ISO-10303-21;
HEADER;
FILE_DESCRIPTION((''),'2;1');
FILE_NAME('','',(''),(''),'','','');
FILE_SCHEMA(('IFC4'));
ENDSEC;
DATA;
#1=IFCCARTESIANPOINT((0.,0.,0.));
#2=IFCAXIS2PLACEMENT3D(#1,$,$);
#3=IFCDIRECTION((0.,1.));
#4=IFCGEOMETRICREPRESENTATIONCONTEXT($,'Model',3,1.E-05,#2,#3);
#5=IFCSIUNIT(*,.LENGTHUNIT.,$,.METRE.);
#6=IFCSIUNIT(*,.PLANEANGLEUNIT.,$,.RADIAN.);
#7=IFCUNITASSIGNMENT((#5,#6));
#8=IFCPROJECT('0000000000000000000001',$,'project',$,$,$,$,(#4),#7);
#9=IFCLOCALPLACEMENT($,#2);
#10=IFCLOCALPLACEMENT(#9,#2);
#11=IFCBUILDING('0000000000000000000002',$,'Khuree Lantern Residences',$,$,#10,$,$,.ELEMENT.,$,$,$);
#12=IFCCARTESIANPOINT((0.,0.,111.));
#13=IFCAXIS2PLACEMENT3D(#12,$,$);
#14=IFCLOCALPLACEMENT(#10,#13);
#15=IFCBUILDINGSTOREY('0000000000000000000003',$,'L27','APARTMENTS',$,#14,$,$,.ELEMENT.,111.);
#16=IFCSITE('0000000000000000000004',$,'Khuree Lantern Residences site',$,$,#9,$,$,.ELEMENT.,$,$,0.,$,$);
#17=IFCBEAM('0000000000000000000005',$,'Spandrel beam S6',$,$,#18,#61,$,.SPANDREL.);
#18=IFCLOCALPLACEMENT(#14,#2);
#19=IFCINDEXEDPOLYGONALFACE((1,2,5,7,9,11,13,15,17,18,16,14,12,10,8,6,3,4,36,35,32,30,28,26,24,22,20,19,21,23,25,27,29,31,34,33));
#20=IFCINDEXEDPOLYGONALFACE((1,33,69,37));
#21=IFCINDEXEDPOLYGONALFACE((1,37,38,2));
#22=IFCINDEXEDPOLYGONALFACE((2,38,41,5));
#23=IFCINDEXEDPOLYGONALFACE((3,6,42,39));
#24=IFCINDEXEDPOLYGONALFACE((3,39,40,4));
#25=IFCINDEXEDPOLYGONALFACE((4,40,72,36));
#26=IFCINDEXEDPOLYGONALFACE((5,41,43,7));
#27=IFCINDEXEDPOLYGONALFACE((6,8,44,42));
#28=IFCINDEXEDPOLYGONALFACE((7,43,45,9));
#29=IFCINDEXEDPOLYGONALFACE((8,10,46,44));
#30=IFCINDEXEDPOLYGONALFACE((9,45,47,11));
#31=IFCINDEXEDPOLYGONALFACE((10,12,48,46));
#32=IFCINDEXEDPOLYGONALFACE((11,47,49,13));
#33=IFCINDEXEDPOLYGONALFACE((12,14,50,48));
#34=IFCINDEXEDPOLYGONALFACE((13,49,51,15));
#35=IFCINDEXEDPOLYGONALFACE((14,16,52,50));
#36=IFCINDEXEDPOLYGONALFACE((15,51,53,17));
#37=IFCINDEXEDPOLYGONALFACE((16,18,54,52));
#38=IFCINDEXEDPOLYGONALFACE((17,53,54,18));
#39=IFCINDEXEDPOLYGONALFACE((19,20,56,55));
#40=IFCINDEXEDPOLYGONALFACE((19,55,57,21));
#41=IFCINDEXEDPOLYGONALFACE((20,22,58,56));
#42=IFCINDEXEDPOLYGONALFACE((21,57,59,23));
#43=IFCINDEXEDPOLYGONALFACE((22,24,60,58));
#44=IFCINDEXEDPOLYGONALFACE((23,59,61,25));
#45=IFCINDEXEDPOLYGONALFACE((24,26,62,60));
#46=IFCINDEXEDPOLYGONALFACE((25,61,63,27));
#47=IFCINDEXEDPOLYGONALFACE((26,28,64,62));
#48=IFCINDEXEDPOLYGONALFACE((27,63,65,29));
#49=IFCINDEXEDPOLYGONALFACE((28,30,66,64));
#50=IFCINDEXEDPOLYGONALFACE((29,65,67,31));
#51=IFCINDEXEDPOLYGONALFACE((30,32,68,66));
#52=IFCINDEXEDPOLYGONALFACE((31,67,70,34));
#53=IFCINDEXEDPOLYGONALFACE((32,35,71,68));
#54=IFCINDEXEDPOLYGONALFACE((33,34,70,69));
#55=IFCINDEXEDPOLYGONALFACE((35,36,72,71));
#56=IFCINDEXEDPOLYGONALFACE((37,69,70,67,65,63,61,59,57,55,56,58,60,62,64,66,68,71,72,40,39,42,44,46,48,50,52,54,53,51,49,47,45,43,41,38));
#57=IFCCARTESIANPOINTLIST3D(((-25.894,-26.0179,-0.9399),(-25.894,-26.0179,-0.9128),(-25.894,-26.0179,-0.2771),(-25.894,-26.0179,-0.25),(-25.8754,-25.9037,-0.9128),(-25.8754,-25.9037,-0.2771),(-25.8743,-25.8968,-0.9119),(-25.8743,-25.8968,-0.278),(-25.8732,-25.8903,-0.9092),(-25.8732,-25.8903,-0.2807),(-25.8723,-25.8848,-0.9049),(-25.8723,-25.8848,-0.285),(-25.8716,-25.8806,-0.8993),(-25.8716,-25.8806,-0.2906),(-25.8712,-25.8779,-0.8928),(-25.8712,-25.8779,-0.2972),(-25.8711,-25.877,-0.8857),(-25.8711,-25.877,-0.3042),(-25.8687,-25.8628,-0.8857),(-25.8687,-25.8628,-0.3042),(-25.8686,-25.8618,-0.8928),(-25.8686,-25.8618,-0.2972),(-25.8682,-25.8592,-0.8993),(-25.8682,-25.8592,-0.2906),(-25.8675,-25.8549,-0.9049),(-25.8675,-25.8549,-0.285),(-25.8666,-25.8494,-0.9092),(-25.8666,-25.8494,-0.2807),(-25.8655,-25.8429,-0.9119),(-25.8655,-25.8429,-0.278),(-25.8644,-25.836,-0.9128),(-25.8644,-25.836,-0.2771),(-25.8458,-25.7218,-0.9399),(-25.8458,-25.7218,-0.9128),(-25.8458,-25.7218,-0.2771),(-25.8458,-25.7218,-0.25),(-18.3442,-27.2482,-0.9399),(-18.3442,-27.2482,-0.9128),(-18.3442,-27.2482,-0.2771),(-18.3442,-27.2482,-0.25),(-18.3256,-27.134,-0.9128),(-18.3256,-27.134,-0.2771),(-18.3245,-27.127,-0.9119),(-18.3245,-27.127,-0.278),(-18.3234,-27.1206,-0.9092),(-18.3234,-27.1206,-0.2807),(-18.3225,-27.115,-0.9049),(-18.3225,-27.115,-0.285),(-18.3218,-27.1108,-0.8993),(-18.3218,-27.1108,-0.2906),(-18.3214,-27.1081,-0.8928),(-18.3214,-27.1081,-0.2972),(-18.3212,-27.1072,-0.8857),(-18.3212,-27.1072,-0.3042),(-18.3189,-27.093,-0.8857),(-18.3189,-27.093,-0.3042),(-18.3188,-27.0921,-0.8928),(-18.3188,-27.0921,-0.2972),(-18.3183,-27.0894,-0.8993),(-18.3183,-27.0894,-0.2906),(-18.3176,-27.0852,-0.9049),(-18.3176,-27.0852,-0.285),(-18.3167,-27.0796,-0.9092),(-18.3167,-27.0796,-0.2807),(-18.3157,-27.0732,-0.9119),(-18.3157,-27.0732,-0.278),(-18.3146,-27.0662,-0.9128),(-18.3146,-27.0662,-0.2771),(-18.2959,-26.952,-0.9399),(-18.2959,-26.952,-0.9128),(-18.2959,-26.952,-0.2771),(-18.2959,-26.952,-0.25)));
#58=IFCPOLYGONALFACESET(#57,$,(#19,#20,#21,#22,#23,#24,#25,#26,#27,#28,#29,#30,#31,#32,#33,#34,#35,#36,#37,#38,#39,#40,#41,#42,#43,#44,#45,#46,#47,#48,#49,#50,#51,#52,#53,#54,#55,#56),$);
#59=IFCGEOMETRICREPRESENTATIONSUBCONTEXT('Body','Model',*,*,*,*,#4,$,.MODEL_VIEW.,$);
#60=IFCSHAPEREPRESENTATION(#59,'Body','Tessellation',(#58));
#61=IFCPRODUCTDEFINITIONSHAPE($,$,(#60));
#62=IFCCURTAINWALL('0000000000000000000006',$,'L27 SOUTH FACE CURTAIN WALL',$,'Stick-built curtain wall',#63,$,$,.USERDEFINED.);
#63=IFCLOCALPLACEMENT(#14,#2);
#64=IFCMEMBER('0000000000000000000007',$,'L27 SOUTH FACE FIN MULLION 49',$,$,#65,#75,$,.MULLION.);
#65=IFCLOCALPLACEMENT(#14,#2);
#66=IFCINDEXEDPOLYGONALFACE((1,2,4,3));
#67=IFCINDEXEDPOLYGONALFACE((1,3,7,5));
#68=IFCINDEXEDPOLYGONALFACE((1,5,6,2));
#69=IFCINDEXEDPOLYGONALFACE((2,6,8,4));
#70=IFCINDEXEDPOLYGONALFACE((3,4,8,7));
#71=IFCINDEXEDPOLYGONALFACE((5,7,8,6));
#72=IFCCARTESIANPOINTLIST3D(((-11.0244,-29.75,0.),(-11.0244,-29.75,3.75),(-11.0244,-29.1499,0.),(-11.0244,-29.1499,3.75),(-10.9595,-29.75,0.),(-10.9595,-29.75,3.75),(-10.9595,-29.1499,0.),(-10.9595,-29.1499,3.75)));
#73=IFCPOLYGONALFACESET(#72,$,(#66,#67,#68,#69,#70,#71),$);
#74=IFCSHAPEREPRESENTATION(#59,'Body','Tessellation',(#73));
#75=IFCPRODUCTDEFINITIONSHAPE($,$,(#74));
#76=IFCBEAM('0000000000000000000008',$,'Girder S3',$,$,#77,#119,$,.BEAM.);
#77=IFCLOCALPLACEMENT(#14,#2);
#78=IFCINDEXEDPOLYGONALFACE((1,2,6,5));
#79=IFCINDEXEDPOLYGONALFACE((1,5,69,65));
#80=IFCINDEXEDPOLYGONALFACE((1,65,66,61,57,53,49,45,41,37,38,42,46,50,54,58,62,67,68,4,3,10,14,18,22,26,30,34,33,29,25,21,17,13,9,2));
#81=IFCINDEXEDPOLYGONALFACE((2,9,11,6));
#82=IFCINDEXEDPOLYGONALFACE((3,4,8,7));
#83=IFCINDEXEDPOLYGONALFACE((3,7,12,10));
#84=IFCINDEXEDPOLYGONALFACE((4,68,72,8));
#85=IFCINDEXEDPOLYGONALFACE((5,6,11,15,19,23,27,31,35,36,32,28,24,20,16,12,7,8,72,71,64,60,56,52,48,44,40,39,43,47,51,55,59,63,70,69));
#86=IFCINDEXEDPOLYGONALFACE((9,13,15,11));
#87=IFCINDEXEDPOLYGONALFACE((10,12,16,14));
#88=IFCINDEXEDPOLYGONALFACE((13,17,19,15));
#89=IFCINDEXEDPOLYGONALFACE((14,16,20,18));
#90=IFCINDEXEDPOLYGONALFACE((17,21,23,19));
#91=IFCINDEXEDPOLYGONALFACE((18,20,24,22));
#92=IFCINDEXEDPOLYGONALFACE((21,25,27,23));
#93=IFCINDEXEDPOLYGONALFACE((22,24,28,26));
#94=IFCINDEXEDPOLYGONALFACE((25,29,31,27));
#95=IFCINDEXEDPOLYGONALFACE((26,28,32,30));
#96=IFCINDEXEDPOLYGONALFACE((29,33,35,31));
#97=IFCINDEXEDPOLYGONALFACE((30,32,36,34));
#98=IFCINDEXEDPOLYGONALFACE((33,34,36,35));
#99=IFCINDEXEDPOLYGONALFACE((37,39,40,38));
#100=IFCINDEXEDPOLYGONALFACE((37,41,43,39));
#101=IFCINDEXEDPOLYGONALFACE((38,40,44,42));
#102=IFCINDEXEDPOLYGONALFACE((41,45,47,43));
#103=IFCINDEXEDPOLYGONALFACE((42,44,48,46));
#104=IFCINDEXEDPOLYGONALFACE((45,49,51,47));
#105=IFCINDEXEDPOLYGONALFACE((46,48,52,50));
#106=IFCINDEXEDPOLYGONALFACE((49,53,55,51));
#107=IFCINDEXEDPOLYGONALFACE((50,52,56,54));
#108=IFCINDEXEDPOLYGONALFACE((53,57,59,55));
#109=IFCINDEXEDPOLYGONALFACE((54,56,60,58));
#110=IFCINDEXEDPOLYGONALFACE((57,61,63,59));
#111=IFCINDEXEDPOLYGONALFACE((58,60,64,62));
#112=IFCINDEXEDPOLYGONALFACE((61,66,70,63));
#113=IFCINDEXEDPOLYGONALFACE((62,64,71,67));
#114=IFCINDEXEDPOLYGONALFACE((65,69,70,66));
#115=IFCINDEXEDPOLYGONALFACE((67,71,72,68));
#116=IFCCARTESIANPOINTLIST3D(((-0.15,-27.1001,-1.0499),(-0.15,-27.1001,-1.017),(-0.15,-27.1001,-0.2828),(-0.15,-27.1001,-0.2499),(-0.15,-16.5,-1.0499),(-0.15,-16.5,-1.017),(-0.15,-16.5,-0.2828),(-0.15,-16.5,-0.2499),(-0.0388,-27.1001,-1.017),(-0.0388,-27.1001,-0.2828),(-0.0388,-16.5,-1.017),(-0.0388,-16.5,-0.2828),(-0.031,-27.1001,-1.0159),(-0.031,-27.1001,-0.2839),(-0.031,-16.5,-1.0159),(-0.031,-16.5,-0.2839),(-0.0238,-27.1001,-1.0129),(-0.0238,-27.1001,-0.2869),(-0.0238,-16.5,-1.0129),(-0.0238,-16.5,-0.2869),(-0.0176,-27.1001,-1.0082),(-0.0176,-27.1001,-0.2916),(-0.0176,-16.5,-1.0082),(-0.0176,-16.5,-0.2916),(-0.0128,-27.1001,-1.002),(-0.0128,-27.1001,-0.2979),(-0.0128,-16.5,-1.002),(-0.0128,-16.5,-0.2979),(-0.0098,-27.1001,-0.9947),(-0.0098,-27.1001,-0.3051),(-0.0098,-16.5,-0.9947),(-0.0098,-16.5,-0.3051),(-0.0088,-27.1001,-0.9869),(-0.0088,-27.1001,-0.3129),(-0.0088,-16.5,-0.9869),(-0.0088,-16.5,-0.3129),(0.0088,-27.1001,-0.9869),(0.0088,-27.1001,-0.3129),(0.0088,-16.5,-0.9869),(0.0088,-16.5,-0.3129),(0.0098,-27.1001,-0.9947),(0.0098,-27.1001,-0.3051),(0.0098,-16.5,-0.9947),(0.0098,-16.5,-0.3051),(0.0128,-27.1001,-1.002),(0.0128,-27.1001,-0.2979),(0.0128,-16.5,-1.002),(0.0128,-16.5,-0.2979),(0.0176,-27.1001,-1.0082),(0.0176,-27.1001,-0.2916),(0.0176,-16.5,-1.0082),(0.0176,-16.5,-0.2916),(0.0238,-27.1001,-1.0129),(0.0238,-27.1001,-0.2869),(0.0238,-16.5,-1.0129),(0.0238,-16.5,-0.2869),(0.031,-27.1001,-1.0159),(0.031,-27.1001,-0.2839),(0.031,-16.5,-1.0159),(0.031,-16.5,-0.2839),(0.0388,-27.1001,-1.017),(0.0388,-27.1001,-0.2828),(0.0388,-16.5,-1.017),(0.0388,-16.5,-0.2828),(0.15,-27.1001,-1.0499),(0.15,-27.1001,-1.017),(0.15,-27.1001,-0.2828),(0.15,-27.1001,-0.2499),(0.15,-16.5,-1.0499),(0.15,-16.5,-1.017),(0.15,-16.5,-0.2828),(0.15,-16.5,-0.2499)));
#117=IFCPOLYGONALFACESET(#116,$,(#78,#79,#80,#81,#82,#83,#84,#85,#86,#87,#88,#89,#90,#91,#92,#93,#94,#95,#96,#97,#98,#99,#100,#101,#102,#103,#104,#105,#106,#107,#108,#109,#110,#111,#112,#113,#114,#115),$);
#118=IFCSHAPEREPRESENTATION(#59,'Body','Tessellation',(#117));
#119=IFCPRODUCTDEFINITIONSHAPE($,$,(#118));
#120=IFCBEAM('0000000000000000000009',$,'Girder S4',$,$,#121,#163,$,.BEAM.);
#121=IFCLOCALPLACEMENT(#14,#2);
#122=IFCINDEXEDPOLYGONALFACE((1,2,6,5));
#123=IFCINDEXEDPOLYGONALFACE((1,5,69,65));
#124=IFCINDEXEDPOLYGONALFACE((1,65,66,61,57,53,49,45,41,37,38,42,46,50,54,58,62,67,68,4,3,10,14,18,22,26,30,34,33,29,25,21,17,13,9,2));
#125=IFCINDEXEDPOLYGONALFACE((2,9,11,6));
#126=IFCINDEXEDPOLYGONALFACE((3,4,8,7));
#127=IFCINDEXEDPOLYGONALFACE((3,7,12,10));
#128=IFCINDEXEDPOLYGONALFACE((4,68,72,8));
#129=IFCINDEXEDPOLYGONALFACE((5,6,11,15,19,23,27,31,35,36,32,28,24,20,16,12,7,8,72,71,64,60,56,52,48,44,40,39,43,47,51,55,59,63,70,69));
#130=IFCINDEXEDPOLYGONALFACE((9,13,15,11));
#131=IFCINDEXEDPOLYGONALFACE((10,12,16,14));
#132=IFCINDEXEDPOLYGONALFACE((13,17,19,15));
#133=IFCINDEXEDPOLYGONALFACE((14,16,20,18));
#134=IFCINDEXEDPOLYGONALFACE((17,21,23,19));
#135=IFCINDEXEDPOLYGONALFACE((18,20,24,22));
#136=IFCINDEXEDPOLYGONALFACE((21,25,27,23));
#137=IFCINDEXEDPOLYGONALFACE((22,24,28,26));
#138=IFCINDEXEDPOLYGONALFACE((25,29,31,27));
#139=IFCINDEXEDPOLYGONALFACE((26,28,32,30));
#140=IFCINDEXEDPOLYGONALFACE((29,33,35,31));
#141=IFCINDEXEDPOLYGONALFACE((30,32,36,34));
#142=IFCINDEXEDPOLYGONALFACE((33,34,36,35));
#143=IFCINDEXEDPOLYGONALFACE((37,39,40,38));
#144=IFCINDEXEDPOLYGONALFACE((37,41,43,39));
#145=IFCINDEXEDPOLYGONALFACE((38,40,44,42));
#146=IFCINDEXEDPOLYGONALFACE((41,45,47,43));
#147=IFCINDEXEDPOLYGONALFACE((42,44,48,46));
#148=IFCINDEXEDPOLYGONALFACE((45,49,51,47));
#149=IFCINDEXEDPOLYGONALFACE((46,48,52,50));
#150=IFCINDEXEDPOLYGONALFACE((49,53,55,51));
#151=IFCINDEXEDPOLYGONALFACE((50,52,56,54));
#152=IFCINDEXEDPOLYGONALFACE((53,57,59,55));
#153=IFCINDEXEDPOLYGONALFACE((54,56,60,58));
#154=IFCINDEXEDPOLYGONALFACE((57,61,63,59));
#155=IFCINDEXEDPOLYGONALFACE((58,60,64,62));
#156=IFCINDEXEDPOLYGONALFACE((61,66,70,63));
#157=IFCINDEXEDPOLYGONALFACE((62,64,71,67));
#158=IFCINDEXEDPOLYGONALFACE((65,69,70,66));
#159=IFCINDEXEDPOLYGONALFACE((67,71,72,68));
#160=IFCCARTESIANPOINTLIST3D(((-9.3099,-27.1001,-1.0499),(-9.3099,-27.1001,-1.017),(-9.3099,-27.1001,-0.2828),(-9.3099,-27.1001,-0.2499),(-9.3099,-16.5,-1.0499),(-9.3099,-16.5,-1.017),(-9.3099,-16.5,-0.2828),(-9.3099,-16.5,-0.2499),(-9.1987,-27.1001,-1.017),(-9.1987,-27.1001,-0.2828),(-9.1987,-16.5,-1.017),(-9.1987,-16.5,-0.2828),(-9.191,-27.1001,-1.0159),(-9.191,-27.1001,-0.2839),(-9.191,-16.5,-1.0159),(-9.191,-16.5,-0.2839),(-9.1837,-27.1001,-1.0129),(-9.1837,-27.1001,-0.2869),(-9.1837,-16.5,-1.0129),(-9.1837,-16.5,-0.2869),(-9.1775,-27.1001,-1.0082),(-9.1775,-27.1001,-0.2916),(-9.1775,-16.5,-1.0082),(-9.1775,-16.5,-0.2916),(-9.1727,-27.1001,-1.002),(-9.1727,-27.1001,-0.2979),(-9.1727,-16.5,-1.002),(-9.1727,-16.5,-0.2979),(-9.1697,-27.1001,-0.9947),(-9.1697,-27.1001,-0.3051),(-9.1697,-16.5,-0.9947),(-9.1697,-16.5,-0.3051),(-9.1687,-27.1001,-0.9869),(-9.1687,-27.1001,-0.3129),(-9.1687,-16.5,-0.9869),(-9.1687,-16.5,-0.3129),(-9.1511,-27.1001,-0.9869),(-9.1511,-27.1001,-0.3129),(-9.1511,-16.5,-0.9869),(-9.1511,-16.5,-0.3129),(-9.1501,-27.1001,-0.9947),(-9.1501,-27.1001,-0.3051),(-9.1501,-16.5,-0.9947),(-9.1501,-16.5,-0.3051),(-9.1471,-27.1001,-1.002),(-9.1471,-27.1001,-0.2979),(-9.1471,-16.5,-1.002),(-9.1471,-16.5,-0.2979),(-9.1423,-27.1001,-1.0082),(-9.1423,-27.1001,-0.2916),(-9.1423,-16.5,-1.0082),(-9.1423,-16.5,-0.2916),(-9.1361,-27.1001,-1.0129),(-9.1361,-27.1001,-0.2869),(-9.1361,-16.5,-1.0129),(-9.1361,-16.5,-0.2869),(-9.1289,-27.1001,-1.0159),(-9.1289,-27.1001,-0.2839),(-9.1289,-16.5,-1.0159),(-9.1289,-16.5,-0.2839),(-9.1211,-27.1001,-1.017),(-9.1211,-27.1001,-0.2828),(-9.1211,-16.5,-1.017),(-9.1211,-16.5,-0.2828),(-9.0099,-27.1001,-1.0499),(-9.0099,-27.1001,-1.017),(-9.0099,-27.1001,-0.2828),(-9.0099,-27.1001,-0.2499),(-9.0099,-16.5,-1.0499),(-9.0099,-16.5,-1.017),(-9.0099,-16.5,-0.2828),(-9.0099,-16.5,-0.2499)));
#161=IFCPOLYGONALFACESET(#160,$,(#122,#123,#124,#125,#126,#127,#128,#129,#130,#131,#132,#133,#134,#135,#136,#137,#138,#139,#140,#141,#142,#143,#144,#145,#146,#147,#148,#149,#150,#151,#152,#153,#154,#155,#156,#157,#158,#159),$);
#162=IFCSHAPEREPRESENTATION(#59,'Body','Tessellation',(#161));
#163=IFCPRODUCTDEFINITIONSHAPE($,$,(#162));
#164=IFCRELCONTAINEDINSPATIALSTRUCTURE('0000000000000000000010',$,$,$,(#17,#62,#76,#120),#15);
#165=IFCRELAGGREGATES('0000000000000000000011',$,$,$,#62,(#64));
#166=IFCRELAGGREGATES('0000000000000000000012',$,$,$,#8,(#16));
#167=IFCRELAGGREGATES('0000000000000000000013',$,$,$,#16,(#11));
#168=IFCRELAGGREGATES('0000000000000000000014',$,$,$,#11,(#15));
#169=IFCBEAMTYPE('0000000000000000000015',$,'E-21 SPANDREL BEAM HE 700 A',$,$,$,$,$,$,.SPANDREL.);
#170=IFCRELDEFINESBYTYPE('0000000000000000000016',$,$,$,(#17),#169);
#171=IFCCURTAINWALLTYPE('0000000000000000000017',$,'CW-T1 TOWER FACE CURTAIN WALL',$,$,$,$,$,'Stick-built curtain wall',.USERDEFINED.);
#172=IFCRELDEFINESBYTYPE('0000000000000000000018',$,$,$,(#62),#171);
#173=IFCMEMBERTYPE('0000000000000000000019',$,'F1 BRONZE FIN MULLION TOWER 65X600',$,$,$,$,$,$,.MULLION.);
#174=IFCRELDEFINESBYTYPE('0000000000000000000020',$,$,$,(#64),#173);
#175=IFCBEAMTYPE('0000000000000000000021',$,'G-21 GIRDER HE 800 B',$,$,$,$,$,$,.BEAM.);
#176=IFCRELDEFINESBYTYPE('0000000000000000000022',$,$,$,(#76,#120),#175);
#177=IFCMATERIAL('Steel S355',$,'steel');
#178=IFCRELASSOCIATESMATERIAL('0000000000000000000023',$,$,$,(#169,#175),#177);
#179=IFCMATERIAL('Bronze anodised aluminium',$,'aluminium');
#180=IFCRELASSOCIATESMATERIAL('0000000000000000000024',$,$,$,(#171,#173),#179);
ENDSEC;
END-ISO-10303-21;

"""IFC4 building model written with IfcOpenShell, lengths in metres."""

from ifc_helpers import new_model, si_unit, direction, frame, origin, origin_2d, place, context, subcontext, project, spatial, rectangle, i_section, extrude, material, material_profile, profile_set, type_object, element, aggregate, save


model = new_model("IFC4")

# Units and contexts
model_context = context("Model", 3, precision=1e-05, world=origin(), true_north=direction((0.0, 1.0)))
body_context = subcontext(model_context, "Body", "Model", "MODEL_VIEW")
ifc_project = project(units=[si_unit("LENGTHUNIT", "METRE"), si_unit("PLANEANGLEUNIT", "RADIAN")], contexts=[model_context])

# Site, building, storey
site_placement = place(None, origin())
site = spatial("IfcSite", under=ifc_project, at=site_placement, Name="Khuree Lantern Residences site", CompositionType="ELEMENT", RefElevation=0.0)
building_placement = place(site_placement, origin())
building = spatial("IfcBuilding", under=site, at=building_placement, Name="Khuree Lantern Residences", CompositionType="ELEMENT")
storey_placement = place(building_placement, frame((0.0, 0.0, 111.0)))
storey = spatial("IfcBuildingStorey", under=building, at=storey_placement, Name="L27", Description="APARTMENTS", CompositionType="ELEMENT", Elevation=111.0)

# Beam
ifc_material_1 = material(Name="Steel S355", Category="steel")
ifc_material_profile_1 = material_profile(ifc_material_1, i_section(OverallWidth=0.3, OverallDepth=0.6899, WebThickness=0.0144, FlangeThickness=0.0271, FilletRadius=0.0271, at=origin_2d()), Name="HE 700 A")
ifc_profile_set_1 = profile_set([ifc_material_profile_1], Name="Steel S355")
beam_type_1 = type_object("IfcBeamType", Name="E-21 SPANDREL BEAM HE 700 A", PredefinedType="SPANDREL", material=ifc_profile_set_1)
beam_1_placement = place(storey_placement, frame((-18.3201, -27.1001, -0.595), z_axis=(-0.986983, 0.160827, 0.0), x_axis=(-0.160827, -0.986983, 0.0)))
element("IfcBeam", 1, at=beam_1_placement, inside=storey, type_object=beam_type_1, Name="Spandrel beam S6", PredefinedType="SPANDREL", context=body_context, shape_type="SweptSolid", body=[
    extrude(i_section(OverallWidth=0.3, OverallDepth=0.6899, WebThickness=0.0144, FlangeThickness=0.0271, FilletRadius=0.0271, at=origin_2d()), origin(), (0.0, 0.0, 1.0), 7.6494),
])

# Curtain wall, member
ifc_material_2 = material(Name="Bronze anodised aluminium", Category="aluminium")
curtain_wall_type = type_object("IfcCurtainWallType", Name="CW-T1 TOWER FACE CURTAIN WALL", ElementType="Stick-built curtain wall", PredefinedType="USERDEFINED", material=ifc_material_2)
curtain_wall_placement = place(storey_placement, origin())
curtain_wall = element("IfcCurtainWall", 2, at=curtain_wall_placement, inside=storey, type_object=curtain_wall_type, Name="L27 SOUTH FACE CURTAIN WALL", ObjectType="Stick-built curtain wall", PredefinedType="USERDEFINED")
ifc_material_profile_2 = material_profile(ifc_material_2, rectangle(XDim=0.0649, YDim=0.6001, at=origin_2d()), Name="F1 65X600")
ifc_profile_set_2 = profile_set([ifc_material_profile_2], Name="Bronze anodised aluminium")
member_type_1 = type_object("IfcMemberType", Name="F1 BRONZE FIN MULLION TOWER 65X600", PredefinedType="MULLION", material=ifc_profile_set_2)
member_1_placement = place(storey_placement, frame((-10.9919, -29.45, 0.0), z_axis=(0.0, 0.0, 1.0), x_axis=(1.0, 0.0, 0.0)))
member_1 = element("IfcMember", 3, at=member_1_placement, type_object=member_type_1, Name="L27 SOUTH FACE FIN MULLION 49", PredefinedType="MULLION", context=body_context, shape_type="SweptSolid", body=[
    extrude(rectangle(XDim=0.0649, YDim=0.6001, at=origin_2d()), origin(), (0.0, 0.0, 1.0), 3.75),
])

# Beams
ifc_material_profile_3 = material_profile(ifc_material_1, i_section(OverallWidth=0.3, OverallDepth=0.8, WebThickness=0.0176, FlangeThickness=0.033, FilletRadius=0.03, at=origin_2d()), Name="HE 800 B")
ifc_profile_set_3 = profile_set([ifc_material_profile_3], Name="Steel S355")
beam_type_2 = type_object("IfcBeamType", Name="G-21 GIRDER HE 800 B", PredefinedType="BEAM", material=ifc_profile_set_3)
for number, where, z_axis, x_axis, name in (
    (4, (0.0, -27.1001, -0.6499), (0.0, 1.0, 0.0), (-1.0, 0.0, 0.0), "Girder S3"),
    (5, (-9.1599, -27.1001, -0.6499), (0.0, 1.0, 0.0), (-1.0, 0.0, 0.0), "Girder S4"),
):
    element("IfcBeam", number, at=place(storey_placement, frame(where, z_axis=z_axis, x_axis=x_axis)), inside=storey, type_object=beam_type_2, Name=name, PredefinedType="BEAM", context=body_context, shape_type="SweptSolid", body=[
        extrude(i_section(OverallWidth=0.3, OverallDepth=0.8, WebThickness=0.0176, FlangeThickness=0.033, FilletRadius=0.03, at=origin_2d()), origin(), (0.0, 0.0, 1.0), 10.6001),
    ])

aggregate(curtain_wall, [member_1])

save(model, "model.ifc")
